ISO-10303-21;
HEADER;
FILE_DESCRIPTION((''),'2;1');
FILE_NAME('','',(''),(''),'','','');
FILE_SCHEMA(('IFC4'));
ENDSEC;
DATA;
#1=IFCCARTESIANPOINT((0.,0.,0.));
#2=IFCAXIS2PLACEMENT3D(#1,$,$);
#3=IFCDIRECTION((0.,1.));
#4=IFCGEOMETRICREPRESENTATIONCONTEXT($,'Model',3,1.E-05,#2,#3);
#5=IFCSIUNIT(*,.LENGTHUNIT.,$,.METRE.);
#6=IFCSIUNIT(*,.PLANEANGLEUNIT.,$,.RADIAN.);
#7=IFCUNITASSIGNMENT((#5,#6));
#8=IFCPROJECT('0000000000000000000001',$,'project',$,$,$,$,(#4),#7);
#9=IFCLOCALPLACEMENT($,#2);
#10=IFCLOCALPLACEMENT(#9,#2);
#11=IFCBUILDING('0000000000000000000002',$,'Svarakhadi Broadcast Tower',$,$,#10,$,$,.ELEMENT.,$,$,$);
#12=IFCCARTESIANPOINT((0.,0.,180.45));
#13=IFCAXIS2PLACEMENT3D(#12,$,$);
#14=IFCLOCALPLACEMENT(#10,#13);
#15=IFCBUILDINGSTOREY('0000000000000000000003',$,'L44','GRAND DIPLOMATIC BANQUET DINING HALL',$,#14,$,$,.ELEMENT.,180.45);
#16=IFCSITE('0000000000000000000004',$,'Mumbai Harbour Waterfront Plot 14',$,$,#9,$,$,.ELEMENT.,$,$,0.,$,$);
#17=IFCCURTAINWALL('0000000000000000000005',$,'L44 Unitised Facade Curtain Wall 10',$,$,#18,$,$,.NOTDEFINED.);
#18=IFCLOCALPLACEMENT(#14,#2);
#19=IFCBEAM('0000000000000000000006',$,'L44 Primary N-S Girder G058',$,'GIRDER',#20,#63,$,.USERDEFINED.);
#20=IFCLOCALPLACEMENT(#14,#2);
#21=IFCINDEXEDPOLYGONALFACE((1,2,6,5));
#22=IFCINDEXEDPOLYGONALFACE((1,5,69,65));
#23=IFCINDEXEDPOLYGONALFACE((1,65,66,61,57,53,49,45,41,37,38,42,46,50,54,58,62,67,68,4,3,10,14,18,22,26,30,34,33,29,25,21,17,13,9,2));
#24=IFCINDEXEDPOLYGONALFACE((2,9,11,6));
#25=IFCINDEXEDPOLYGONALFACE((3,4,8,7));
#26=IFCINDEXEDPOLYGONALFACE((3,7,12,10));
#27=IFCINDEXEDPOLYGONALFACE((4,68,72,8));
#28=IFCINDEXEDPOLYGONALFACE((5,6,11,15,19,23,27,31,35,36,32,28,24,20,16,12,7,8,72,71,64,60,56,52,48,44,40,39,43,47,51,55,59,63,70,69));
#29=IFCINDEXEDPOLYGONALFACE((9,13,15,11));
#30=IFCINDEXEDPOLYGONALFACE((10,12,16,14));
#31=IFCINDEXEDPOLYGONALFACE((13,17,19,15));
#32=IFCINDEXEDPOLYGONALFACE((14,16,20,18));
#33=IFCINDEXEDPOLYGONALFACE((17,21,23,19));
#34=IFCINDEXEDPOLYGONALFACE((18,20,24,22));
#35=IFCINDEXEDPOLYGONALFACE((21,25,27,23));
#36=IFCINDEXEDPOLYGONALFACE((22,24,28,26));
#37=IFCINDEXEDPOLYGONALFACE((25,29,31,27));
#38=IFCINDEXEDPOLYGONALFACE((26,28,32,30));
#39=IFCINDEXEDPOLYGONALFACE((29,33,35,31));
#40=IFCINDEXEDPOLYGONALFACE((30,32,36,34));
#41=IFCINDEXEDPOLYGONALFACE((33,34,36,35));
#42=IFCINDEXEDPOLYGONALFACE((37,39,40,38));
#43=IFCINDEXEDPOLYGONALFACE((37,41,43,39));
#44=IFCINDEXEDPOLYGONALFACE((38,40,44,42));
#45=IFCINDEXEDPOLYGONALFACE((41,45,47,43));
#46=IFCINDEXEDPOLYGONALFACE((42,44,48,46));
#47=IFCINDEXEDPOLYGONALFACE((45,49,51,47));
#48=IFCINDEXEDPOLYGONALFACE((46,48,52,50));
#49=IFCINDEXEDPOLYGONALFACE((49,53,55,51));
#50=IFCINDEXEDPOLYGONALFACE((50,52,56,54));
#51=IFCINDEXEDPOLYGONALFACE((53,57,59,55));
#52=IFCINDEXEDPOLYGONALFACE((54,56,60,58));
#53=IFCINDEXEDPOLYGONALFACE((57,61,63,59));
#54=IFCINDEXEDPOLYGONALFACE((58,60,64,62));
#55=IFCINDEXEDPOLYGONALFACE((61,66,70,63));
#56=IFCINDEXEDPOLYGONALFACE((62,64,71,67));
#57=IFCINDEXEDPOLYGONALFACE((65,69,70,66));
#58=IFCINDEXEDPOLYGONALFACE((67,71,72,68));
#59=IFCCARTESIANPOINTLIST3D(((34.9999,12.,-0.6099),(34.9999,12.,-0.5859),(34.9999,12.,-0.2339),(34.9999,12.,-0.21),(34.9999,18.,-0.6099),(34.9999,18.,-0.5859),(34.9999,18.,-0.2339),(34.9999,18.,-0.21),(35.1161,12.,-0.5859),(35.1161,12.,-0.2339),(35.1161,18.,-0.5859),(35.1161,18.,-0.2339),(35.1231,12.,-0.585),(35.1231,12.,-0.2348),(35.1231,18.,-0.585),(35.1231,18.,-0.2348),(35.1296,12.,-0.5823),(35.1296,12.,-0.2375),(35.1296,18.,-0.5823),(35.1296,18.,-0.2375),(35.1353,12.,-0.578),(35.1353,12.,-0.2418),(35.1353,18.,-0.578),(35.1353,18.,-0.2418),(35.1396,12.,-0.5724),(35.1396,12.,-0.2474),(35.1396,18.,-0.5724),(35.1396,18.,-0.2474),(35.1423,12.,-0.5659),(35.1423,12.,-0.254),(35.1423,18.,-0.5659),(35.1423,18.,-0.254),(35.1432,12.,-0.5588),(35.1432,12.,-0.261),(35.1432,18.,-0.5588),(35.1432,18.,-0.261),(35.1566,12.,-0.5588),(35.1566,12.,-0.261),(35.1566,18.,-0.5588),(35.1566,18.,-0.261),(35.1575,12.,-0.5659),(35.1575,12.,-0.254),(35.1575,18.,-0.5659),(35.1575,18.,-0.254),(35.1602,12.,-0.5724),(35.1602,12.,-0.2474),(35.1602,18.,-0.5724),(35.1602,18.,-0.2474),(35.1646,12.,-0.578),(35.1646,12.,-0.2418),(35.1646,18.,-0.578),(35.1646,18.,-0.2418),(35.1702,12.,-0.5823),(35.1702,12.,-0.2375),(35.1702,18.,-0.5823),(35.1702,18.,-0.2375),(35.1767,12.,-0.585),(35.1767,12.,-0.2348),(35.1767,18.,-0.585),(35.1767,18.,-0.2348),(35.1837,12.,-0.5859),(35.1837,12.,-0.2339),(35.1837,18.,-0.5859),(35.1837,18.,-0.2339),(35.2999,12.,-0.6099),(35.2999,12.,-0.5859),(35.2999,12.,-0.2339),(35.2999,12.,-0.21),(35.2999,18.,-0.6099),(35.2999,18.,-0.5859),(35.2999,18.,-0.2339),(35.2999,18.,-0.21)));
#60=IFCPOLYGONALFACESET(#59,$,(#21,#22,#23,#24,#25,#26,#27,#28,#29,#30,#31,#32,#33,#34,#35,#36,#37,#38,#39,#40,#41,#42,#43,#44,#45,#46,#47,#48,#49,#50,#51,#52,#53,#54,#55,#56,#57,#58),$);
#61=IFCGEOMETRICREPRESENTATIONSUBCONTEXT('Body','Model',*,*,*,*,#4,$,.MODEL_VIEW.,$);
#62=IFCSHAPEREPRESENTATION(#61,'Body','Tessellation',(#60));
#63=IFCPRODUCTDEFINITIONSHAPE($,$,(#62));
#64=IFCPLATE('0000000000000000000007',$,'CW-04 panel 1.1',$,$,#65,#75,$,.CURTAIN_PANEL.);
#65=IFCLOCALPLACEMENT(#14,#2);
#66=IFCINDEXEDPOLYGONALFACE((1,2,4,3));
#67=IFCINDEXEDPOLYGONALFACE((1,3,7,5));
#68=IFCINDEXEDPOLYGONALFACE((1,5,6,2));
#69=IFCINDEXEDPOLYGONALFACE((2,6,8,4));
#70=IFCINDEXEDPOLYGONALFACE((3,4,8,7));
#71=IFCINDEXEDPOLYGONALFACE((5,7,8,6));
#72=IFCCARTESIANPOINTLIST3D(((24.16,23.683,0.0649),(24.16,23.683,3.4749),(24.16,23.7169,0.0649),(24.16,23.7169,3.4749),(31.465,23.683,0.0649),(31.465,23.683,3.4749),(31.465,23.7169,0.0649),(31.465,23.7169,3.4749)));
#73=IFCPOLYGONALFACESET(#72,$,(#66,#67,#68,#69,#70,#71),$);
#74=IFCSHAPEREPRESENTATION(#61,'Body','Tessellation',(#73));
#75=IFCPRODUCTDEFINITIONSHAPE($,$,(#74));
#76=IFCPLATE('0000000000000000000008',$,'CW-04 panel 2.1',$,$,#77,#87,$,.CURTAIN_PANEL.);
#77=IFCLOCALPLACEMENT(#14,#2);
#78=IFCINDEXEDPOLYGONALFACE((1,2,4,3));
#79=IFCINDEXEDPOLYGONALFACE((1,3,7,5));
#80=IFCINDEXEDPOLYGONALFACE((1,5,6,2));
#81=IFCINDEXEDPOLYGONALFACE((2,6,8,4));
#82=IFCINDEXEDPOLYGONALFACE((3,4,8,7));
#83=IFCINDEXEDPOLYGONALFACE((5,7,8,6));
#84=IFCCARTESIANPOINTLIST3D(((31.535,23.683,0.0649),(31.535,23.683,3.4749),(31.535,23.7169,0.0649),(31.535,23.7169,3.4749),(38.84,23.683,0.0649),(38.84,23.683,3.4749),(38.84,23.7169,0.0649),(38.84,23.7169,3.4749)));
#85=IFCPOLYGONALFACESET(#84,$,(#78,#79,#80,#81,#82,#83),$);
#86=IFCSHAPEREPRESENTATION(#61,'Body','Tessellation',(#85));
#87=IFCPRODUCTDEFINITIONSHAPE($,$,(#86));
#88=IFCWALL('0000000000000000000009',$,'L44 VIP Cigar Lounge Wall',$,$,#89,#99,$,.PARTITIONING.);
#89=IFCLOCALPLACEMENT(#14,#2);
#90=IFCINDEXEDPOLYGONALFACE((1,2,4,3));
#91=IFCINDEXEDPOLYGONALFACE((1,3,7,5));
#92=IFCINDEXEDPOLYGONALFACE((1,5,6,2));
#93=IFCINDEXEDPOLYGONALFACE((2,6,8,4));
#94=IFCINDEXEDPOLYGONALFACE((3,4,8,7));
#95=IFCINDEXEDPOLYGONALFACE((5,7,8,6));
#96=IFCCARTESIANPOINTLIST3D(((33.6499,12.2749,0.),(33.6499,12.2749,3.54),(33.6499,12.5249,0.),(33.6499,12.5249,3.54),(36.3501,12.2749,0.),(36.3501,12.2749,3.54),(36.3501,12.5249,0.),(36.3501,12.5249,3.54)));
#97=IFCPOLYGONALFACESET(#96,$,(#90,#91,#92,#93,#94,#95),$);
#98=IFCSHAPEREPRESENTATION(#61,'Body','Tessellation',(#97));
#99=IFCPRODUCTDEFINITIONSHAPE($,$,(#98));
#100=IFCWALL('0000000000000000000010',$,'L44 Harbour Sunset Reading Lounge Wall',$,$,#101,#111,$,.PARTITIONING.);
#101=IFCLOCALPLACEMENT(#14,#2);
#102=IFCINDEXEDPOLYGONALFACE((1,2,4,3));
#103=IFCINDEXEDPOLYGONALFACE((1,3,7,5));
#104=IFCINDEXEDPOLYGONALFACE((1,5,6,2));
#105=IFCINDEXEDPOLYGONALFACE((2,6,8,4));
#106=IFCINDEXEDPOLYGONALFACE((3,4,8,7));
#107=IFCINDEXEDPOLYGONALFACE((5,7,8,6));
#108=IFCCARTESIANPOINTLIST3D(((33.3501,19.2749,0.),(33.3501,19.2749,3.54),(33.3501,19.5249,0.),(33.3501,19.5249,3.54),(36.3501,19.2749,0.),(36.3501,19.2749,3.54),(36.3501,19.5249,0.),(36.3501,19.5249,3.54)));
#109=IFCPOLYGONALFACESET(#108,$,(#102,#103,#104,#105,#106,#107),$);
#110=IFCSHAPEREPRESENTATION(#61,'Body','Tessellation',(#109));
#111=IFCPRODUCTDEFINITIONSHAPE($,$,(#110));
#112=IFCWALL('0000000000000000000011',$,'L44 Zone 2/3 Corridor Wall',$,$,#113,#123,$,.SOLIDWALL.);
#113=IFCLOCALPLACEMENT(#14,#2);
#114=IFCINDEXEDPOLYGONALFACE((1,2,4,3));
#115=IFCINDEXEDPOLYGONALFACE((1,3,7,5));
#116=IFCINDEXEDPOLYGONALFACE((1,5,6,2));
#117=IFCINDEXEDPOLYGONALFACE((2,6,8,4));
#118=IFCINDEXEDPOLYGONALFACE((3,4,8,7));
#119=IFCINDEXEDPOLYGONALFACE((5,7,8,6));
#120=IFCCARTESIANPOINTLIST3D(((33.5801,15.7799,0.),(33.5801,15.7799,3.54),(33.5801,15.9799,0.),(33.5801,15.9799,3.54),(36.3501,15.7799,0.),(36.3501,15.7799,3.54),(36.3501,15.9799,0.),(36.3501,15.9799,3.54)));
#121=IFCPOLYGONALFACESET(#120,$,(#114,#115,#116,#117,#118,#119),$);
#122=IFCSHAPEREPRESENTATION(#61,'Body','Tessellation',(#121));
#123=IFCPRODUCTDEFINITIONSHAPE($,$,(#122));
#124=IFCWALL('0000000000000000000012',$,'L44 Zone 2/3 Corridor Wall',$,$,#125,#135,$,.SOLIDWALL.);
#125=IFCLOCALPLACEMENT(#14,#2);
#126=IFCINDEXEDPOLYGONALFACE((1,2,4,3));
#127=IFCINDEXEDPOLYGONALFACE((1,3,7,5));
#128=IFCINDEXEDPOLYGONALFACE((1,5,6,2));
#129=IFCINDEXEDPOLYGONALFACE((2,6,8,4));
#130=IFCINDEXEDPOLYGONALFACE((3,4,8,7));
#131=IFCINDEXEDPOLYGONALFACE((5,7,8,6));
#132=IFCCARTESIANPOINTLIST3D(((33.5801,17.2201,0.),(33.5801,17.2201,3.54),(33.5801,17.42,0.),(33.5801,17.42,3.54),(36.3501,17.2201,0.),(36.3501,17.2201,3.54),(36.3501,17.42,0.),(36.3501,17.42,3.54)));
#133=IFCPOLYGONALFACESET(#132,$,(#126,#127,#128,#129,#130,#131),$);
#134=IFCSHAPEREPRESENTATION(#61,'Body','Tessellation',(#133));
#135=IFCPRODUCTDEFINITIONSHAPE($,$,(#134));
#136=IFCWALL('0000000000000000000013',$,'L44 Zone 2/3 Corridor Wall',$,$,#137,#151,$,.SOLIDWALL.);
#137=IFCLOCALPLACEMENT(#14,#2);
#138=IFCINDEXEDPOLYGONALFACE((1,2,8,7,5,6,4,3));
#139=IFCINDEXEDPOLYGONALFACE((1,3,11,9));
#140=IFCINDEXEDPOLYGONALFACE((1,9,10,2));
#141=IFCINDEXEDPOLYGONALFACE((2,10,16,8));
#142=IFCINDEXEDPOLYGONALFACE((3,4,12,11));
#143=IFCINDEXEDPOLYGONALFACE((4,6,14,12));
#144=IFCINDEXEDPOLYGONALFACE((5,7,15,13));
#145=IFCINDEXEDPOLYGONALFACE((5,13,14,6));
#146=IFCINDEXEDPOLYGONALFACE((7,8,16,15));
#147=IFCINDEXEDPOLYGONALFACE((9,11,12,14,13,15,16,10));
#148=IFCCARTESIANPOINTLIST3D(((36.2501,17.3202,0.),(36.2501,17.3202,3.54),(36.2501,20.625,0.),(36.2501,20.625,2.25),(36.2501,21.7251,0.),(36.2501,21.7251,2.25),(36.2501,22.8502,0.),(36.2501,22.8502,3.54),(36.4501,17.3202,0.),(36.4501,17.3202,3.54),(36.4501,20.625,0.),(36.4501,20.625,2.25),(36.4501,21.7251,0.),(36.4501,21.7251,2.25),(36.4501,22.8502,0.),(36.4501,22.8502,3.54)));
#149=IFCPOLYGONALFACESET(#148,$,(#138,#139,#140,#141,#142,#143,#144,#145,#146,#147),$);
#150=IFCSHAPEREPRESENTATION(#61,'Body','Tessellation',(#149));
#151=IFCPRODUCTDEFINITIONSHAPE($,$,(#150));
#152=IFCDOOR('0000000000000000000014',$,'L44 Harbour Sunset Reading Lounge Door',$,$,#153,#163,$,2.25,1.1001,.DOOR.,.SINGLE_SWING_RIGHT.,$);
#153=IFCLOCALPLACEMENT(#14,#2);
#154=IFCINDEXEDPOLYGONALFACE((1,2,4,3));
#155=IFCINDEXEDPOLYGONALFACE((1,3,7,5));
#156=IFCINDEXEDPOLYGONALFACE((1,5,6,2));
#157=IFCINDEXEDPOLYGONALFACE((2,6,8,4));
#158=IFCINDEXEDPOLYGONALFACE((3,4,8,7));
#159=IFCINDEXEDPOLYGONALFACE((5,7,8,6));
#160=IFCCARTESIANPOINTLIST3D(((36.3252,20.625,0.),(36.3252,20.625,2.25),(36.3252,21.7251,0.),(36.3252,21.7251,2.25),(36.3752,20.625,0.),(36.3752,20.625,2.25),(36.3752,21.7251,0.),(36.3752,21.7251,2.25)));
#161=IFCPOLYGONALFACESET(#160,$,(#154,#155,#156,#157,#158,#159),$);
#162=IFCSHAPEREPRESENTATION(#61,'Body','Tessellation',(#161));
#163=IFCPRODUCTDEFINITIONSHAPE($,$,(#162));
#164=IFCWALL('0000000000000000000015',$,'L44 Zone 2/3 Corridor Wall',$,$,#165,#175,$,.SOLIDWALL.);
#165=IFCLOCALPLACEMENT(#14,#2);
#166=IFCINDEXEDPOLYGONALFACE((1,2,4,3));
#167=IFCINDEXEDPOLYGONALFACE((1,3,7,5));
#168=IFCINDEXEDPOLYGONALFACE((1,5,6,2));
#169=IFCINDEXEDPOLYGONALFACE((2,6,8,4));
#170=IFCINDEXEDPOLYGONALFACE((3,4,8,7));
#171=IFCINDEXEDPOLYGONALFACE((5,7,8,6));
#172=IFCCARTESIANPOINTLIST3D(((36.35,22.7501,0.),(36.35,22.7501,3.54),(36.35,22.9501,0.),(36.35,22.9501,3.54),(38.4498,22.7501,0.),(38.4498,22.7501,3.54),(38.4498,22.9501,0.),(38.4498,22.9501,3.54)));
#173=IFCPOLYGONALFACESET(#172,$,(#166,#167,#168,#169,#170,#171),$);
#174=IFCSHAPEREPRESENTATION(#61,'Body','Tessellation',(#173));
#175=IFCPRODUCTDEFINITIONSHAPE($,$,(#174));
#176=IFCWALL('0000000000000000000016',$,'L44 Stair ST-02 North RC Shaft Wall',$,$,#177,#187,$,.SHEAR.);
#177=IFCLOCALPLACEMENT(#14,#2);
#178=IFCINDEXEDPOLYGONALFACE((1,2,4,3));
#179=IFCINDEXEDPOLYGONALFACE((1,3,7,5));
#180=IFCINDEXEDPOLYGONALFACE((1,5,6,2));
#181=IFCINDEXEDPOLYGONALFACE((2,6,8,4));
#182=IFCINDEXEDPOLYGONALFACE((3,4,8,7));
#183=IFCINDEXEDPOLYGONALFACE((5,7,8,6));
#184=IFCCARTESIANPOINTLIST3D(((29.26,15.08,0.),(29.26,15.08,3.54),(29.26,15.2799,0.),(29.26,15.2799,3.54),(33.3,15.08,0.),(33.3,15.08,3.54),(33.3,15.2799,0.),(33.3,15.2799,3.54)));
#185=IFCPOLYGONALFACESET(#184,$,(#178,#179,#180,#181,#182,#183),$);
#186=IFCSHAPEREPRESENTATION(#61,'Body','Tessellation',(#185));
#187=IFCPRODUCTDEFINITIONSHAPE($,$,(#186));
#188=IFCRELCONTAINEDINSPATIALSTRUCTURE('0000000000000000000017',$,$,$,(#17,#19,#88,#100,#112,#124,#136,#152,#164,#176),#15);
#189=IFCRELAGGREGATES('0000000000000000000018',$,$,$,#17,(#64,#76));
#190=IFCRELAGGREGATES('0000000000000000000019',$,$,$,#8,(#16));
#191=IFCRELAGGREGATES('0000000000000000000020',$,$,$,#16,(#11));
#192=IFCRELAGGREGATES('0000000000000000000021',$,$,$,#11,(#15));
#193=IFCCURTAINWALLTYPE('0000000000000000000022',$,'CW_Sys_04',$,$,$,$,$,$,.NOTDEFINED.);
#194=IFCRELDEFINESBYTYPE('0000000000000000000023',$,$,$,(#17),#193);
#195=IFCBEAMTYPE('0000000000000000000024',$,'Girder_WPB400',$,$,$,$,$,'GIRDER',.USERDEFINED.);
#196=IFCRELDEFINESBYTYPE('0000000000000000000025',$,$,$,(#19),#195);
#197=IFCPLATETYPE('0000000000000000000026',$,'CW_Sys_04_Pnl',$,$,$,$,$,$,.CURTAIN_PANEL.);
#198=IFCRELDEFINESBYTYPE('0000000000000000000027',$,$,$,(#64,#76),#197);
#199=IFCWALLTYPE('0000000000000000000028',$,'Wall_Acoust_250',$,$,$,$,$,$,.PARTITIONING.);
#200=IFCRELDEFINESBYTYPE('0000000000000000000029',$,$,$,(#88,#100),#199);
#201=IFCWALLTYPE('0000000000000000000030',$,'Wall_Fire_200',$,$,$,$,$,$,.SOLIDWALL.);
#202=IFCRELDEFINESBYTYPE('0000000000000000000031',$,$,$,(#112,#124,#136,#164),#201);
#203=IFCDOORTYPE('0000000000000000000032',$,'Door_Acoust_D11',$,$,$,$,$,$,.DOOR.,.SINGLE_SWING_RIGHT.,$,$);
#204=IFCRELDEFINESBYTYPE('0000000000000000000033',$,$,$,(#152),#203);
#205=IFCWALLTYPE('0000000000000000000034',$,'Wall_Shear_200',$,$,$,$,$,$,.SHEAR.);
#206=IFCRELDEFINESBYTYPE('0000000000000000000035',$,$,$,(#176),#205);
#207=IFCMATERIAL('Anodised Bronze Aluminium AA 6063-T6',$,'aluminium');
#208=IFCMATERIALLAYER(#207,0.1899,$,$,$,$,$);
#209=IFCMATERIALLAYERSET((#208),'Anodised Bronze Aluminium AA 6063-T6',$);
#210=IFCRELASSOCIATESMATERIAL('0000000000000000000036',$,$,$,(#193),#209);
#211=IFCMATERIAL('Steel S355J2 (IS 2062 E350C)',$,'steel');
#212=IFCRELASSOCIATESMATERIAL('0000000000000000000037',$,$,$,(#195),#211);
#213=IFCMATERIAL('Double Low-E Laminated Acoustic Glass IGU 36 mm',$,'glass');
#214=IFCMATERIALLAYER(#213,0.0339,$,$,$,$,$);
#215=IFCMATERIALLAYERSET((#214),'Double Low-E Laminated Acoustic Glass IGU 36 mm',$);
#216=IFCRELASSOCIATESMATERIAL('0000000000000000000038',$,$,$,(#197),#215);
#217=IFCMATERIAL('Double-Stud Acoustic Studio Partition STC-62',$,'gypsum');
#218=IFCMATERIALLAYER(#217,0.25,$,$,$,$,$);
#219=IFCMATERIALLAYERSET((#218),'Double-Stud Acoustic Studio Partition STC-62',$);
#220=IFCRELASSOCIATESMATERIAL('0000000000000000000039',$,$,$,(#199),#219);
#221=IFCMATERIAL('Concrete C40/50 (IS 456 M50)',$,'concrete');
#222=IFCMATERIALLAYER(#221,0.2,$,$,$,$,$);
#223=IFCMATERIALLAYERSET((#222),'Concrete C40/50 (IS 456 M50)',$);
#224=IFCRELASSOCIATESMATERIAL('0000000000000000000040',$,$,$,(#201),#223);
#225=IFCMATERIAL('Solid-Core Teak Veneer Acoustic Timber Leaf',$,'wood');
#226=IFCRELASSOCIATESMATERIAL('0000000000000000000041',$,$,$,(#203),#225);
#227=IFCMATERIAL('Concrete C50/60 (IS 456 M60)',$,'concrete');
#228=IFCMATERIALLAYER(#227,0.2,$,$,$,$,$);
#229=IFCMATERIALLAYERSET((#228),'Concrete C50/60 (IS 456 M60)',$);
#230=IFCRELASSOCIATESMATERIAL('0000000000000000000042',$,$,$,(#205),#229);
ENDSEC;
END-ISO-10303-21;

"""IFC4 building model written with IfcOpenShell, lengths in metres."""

from ifc_helpers import new_model, si_unit, direction, frame, frame_2d, origin, origin_2d, place, context, subcontext, project, spatial, rectangle, i_section, extrude, material, layer, layer_set, material_profile, profile_set, type_object, element, fill, aggregate, save


model = new_model("IFC4")

# Units and contexts
model_context = context("Model", 3, precision=1e-05, world=origin(), true_north=direction((0.0, 1.0)))
body_context = subcontext(model_context, "Body", "Model", "MODEL_VIEW")
ifc_project = project(units=[si_unit("LENGTHUNIT", "METRE"), si_unit("PLANEANGLEUNIT", "RADIAN")], contexts=[model_context])

# Site, building, storey
site_placement = place(None, origin())
site = spatial("IfcSite", under=ifc_project, at=site_placement, Name="Mumbai Harbour Waterfront Plot 14", CompositionType="ELEMENT", RefElevation=0.0)
building_placement = place(site_placement, origin())
building = spatial("IfcBuilding", under=site, at=building_placement, Name="Svarakhadi Broadcast Tower", CompositionType="ELEMENT")
storey_placement = place(building_placement, frame((0.0, 0.0, 180.45)))
storey = spatial("IfcBuildingStorey", under=building, at=storey_placement, Name="L44", Description="GRAND DIPLOMATIC BANQUET DINING HALL", CompositionType="ELEMENT", Elevation=180.45)

# Shared definitions
ifc_material_1 = material(Name="Concrete C50/60 (IS 456 M60)", Category="concrete")

# Shared definitions
ifc_material_2 = material(Name="Steel S355J2 (IS 2062 E350C)", Category="steel")

# Curtain wall
ifc_material_3 = material(Name="Anodised Bronze Aluminium AA 6063-T6", Category="aluminium")
ifc_layer_1 = layer(ifc_material_3, 0.1899)
ifc_layer_set_1 = layer_set([ifc_layer_1], Name="Anodised Bronze Aluminium AA 6063-T6")
curtain_wall_type = type_object("IfcCurtainWallType", Name="CW_Sys_04", PredefinedType="NOTDEFINED", material=ifc_layer_set_1)
curtain_wall_placement = place(storey_placement, origin())
curtain_wall = element("IfcCurtainWall", 1, at=curtain_wall_placement, inside=storey, type_object=curtain_wall_type, Name="L44 Unitised Facade Curtain Wall 10", PredefinedType="NOTDEFINED")

# Beam
ifc_material_profile_1 = material_profile(ifc_material_2, i_section(OverallWidth=0.3, OverallDepth=0.3999, WebThickness=0.0134, FlangeThickness=0.0239, FilletRadius=0.0271, at=origin_2d()), Name="WPB 400x300x155")
ifc_profile_set_1 = profile_set([ifc_material_profile_1], Name="Steel S355J2 (IS 2062 E350C)")
beam_type_1 = type_object("IfcBeamType", Name="Girder_WPB400", ElementType="GIRDER", PredefinedType="USERDEFINED", material=ifc_profile_set_1)
beam_1_placement = place(storey_placement, frame((35.1499, 12.0, -0.4099), z_axis=(0.0, 1.0, 0.0), x_axis=(-1.0, 0.0, 0.0)))
element("IfcBeam", 2, at=beam_1_placement, inside=storey, type_object=beam_type_1, Name="L44 Primary N-S Girder G058", ObjectType="GIRDER", PredefinedType="USERDEFINED", context=body_context, shape_type="SweptSolid", body=[
    extrude(i_section(OverallWidth=0.3, OverallDepth=0.3999, WebThickness=0.0134, FlangeThickness=0.0239, FilletRadius=0.0271, at=origin_2d()), origin(), (0.0, 0.0, 1.0), 6.0),
])

# Plates
ifc_material_4 = material(Name="Double Low-E Laminated Acoustic Glass IGU 36 mm", Category="glass")
ifc_layer_2 = layer(ifc_material_4, 0.0339)
ifc_layer_set_2 = layer_set([ifc_layer_2], Name="Double Low-E Laminated Acoustic Glass IGU 36 mm")
plate_type = type_object("IfcPlateType", Name="CW_Sys_04_Pnl", PredefinedType="CURTAIN_PANEL", material=ifc_layer_set_2)
plate_1_placement = place(storey_placement, frame((27.8125, 23.7, 0.0649), z_axis=(0.0, 0.0, 1.0), x_axis=(1.0, 0.0, 0.0)))
plate_1 = element("IfcPlate", 3, at=plate_1_placement, type_object=plate_type, Name="CW-04 panel 1.1", PredefinedType="CURTAIN_PANEL", context=body_context, shape_type="SweptSolid", body=[
    extrude(rectangle(XDim=7.3049, YDim=0.0339, at=origin_2d()), origin(), (0.0, 0.0, 1.0), 3.4099),
])
plate_2_placement = place(storey_placement, frame((35.1875, 23.7, 0.0649), z_axis=(0.0, 0.0, 1.0), x_axis=(1.0, 0.0, 0.0)))
plate_2 = element("IfcPlate", 4, at=plate_2_placement, type_object=plate_type, Name="CW-04 panel 2.1", PredefinedType="CURTAIN_PANEL", context=body_context, shape_type="SweptSolid", body=[
    extrude(rectangle(XDim=7.3049, YDim=0.0339, at=origin_2d()), origin(), (0.0, 0.0, 1.0), 3.4099),
])
aggregate(curtain_wall, [plate_1, plate_2])

# Walls
ifc_material_5 = material(Name="Double-Stud Acoustic Studio Partition STC-62", Category="gypsum")
ifc_layer_3 = layer(ifc_material_5, 0.25)
ifc_layer_set_3 = layer_set([ifc_layer_3], Name="Double-Stud Acoustic Studio Partition STC-62")
wall_type_1 = type_object("IfcWallType", Name="Wall_Acoust_250", PredefinedType="PARTITIONING", material=ifc_layer_set_3)
wall_1_placement = place(storey_placement, frame((33.6499, 12.3999, 0.0), z_axis=(0.0, 0.0, 1.0), x_axis=(1.0, 0.0, 0.0)))
element("IfcWall", 5, at=wall_1_placement, inside=storey, type_object=wall_type_1, Name="L44 VIP Cigar Lounge Wall", PredefinedType="PARTITIONING", context=body_context, shape_type="SweptSolid", body=[
    extrude(rectangle(XDim=2.7002, YDim=0.25, at=frame_2d((1.3501, 0.0))), origin(), (0.0, 0.0, 1.0), 3.54),
])
wall_2_placement = place(storey_placement, frame((33.3501, 19.3999, 0.0), z_axis=(0.0, 0.0, 1.0), x_axis=(1.0, 0.0, 0.0)))
element("IfcWall", 6, at=wall_2_placement, inside=storey, type_object=wall_type_1, Name="L44 Harbour Sunset Reading Lounge Wall", PredefinedType="PARTITIONING", context=body_context, shape_type="SweptSolid", body=[
    extrude(rectangle(XDim=3.0, YDim=0.25, at=frame_2d((1.5, 0.0))), origin(), (0.0, 0.0, 1.0), 3.54),
])
ifc_material_6 = material(Name="Concrete C40/50 (IS 456 M50)", Category="concrete")
ifc_layer_4 = layer(ifc_material_6, 0.2)
ifc_layer_set_4 = layer_set([ifc_layer_4], Name="Concrete C40/50 (IS 456 M50)")
wall_type_2 = type_object("IfcWallType", Name="Wall_Fire_200", PredefinedType="SOLIDWALL", material=ifc_layer_set_4)
for number, where, z_axis, x_axis, name in (
    (7, (36.3501, 15.8799, 0.0), (0.0, 0.0, 1.0), (-1.0, 0.0, 0.0), "L44 Zone 2/3 Corridor Wall"),
    (8, (33.5801, 17.3201, 0.0), (0.0, 0.0, 1.0), (1.0, 0.0, 0.0), "L44 Zone 2/3 Corridor Wall"),
):
    element("IfcWall", number, at=place(storey_placement, frame(where, z_axis=z_axis, x_axis=x_axis)), inside=storey, type_object=wall_type_2, Name=name, PredefinedType="SOLIDWALL", context=body_context, shape_type="SweptSolid", body=[
        extrude(rectangle(XDim=2.77, YDim=0.2, at=frame_2d((1.385, 0.0))), origin(), (0.0, 0.0, 1.0), 3.54),
    ])

# Wall, opening, door
wall_3_placement = place(storey_placement, frame((36.3501, 17.3201, 0.0), z_axis=(0.0, 0.0, 1.0), x_axis=(0.0, 1.0, 0.0)))
wall_3 = element("IfcWall", 9, at=wall_3_placement, inside=storey, type_object=wall_type_2, Name="L44 Zone 2/3 Corridor Wall", PredefinedType="SOLIDWALL", context=body_context, shape_type="SweptSolid", body=[
    extrude(rectangle(XDim=5.53, YDim=0.2, at=frame_2d((2.7651, 0.0))), origin(), (0.0, 0.0, 1.0), 3.54),
])
opening_placement = place(wall_3_placement, frame((3.3049, 0.0, 0.0)))
opening = element("IfcOpeningElement", 10, at=opening_placement, cuts=wall_3, PredefinedType="OPENING", context=body_context, shape_type="SweptSolid", body=[
    extrude(rectangle(XDim=1.1001, YDim=2.25, at=frame_2d((0.55, 1.125))), frame((0.0, 0.1099, 0.0), z_axis=(0.0, -1.0, 0.0), x_axis=(1.0, 0.0, 0.0)), (0.0, 0.0, 1.0), 0.22),
])
ifc_material_7 = material(Name="Solid-Core Teak Veneer Acoustic Timber Leaf", Category="wood")
door_type = type_object("IfcDoorType", Name="Door_Acoust_D11", OperationType="SINGLE_SWING_RIGHT", PredefinedType="DOOR", material=ifc_material_7)
door_placement = place(opening_placement, origin())
door = element("IfcDoor", 11, at=door_placement, inside=storey, type_object=door_type, Name="L44 Harbour Sunset Reading Lounge Door", OperationType="SINGLE_SWING_RIGHT", OverallHeight=2.25, OverallWidth=1.1001, PredefinedType="DOOR", context=body_context, shape_type="SweptSolid", body=[
    extrude(rectangle(XDim=1.1001, YDim=2.25, at=frame_2d((0.55, 1.125))), frame((0.0, 0.0249, 0.0), z_axis=(0.0, -1.0, 0.0), x_axis=(1.0, 0.0, 0.0)), (0.0, 0.0, 1.0), 0.05),
])
fill(opening, door)

# Walls
wall_4_placement = place(storey_placement, frame((36.3501, 22.8501, 0.0), z_axis=(0.0, 0.0, 1.0), x_axis=(1.0, 0.0, 0.0)))
element("IfcWall", 12, at=wall_4_placement, inside=storey, type_object=wall_type_2, Name="L44 Zone 2/3 Corridor Wall", PredefinedType="SOLIDWALL", context=body_context, shape_type="SweptSolid", body=[
    extrude(rectangle(XDim=2.0999, YDim=0.2, at=frame_2d((1.0498, 0.0))), origin(), (0.0, 0.0, 1.0), 3.54),
])
ifc_layer_5 = layer(ifc_material_1, 0.2)
ifc_layer_set_5 = layer_set([ifc_layer_5], Name="Concrete C50/60 (IS 456 M60)")
wall_type_3 = type_object("IfcWallType", Name="Wall_Shear_200", PredefinedType="SHEAR", material=ifc_layer_set_5)
wall_5_placement = place(storey_placement, frame((29.26, 15.1799, 0.0), z_axis=(0.0, 0.0, 1.0), x_axis=(1.0, 0.0, 0.0)))
element("IfcWall", 13, at=wall_5_placement, inside=storey, type_object=wall_type_3, Name="L44 Stair ST-02 North RC Shaft Wall", PredefinedType="SHEAR", context=body_context, shape_type="SweptSolid", body=[
    extrude(rectangle(XDim=4.04, YDim=0.2, at=frame_2d((2.02, 0.0))), origin(), (0.0, 0.0, 1.0), 3.54),
])

save(model, "model.ifc")
